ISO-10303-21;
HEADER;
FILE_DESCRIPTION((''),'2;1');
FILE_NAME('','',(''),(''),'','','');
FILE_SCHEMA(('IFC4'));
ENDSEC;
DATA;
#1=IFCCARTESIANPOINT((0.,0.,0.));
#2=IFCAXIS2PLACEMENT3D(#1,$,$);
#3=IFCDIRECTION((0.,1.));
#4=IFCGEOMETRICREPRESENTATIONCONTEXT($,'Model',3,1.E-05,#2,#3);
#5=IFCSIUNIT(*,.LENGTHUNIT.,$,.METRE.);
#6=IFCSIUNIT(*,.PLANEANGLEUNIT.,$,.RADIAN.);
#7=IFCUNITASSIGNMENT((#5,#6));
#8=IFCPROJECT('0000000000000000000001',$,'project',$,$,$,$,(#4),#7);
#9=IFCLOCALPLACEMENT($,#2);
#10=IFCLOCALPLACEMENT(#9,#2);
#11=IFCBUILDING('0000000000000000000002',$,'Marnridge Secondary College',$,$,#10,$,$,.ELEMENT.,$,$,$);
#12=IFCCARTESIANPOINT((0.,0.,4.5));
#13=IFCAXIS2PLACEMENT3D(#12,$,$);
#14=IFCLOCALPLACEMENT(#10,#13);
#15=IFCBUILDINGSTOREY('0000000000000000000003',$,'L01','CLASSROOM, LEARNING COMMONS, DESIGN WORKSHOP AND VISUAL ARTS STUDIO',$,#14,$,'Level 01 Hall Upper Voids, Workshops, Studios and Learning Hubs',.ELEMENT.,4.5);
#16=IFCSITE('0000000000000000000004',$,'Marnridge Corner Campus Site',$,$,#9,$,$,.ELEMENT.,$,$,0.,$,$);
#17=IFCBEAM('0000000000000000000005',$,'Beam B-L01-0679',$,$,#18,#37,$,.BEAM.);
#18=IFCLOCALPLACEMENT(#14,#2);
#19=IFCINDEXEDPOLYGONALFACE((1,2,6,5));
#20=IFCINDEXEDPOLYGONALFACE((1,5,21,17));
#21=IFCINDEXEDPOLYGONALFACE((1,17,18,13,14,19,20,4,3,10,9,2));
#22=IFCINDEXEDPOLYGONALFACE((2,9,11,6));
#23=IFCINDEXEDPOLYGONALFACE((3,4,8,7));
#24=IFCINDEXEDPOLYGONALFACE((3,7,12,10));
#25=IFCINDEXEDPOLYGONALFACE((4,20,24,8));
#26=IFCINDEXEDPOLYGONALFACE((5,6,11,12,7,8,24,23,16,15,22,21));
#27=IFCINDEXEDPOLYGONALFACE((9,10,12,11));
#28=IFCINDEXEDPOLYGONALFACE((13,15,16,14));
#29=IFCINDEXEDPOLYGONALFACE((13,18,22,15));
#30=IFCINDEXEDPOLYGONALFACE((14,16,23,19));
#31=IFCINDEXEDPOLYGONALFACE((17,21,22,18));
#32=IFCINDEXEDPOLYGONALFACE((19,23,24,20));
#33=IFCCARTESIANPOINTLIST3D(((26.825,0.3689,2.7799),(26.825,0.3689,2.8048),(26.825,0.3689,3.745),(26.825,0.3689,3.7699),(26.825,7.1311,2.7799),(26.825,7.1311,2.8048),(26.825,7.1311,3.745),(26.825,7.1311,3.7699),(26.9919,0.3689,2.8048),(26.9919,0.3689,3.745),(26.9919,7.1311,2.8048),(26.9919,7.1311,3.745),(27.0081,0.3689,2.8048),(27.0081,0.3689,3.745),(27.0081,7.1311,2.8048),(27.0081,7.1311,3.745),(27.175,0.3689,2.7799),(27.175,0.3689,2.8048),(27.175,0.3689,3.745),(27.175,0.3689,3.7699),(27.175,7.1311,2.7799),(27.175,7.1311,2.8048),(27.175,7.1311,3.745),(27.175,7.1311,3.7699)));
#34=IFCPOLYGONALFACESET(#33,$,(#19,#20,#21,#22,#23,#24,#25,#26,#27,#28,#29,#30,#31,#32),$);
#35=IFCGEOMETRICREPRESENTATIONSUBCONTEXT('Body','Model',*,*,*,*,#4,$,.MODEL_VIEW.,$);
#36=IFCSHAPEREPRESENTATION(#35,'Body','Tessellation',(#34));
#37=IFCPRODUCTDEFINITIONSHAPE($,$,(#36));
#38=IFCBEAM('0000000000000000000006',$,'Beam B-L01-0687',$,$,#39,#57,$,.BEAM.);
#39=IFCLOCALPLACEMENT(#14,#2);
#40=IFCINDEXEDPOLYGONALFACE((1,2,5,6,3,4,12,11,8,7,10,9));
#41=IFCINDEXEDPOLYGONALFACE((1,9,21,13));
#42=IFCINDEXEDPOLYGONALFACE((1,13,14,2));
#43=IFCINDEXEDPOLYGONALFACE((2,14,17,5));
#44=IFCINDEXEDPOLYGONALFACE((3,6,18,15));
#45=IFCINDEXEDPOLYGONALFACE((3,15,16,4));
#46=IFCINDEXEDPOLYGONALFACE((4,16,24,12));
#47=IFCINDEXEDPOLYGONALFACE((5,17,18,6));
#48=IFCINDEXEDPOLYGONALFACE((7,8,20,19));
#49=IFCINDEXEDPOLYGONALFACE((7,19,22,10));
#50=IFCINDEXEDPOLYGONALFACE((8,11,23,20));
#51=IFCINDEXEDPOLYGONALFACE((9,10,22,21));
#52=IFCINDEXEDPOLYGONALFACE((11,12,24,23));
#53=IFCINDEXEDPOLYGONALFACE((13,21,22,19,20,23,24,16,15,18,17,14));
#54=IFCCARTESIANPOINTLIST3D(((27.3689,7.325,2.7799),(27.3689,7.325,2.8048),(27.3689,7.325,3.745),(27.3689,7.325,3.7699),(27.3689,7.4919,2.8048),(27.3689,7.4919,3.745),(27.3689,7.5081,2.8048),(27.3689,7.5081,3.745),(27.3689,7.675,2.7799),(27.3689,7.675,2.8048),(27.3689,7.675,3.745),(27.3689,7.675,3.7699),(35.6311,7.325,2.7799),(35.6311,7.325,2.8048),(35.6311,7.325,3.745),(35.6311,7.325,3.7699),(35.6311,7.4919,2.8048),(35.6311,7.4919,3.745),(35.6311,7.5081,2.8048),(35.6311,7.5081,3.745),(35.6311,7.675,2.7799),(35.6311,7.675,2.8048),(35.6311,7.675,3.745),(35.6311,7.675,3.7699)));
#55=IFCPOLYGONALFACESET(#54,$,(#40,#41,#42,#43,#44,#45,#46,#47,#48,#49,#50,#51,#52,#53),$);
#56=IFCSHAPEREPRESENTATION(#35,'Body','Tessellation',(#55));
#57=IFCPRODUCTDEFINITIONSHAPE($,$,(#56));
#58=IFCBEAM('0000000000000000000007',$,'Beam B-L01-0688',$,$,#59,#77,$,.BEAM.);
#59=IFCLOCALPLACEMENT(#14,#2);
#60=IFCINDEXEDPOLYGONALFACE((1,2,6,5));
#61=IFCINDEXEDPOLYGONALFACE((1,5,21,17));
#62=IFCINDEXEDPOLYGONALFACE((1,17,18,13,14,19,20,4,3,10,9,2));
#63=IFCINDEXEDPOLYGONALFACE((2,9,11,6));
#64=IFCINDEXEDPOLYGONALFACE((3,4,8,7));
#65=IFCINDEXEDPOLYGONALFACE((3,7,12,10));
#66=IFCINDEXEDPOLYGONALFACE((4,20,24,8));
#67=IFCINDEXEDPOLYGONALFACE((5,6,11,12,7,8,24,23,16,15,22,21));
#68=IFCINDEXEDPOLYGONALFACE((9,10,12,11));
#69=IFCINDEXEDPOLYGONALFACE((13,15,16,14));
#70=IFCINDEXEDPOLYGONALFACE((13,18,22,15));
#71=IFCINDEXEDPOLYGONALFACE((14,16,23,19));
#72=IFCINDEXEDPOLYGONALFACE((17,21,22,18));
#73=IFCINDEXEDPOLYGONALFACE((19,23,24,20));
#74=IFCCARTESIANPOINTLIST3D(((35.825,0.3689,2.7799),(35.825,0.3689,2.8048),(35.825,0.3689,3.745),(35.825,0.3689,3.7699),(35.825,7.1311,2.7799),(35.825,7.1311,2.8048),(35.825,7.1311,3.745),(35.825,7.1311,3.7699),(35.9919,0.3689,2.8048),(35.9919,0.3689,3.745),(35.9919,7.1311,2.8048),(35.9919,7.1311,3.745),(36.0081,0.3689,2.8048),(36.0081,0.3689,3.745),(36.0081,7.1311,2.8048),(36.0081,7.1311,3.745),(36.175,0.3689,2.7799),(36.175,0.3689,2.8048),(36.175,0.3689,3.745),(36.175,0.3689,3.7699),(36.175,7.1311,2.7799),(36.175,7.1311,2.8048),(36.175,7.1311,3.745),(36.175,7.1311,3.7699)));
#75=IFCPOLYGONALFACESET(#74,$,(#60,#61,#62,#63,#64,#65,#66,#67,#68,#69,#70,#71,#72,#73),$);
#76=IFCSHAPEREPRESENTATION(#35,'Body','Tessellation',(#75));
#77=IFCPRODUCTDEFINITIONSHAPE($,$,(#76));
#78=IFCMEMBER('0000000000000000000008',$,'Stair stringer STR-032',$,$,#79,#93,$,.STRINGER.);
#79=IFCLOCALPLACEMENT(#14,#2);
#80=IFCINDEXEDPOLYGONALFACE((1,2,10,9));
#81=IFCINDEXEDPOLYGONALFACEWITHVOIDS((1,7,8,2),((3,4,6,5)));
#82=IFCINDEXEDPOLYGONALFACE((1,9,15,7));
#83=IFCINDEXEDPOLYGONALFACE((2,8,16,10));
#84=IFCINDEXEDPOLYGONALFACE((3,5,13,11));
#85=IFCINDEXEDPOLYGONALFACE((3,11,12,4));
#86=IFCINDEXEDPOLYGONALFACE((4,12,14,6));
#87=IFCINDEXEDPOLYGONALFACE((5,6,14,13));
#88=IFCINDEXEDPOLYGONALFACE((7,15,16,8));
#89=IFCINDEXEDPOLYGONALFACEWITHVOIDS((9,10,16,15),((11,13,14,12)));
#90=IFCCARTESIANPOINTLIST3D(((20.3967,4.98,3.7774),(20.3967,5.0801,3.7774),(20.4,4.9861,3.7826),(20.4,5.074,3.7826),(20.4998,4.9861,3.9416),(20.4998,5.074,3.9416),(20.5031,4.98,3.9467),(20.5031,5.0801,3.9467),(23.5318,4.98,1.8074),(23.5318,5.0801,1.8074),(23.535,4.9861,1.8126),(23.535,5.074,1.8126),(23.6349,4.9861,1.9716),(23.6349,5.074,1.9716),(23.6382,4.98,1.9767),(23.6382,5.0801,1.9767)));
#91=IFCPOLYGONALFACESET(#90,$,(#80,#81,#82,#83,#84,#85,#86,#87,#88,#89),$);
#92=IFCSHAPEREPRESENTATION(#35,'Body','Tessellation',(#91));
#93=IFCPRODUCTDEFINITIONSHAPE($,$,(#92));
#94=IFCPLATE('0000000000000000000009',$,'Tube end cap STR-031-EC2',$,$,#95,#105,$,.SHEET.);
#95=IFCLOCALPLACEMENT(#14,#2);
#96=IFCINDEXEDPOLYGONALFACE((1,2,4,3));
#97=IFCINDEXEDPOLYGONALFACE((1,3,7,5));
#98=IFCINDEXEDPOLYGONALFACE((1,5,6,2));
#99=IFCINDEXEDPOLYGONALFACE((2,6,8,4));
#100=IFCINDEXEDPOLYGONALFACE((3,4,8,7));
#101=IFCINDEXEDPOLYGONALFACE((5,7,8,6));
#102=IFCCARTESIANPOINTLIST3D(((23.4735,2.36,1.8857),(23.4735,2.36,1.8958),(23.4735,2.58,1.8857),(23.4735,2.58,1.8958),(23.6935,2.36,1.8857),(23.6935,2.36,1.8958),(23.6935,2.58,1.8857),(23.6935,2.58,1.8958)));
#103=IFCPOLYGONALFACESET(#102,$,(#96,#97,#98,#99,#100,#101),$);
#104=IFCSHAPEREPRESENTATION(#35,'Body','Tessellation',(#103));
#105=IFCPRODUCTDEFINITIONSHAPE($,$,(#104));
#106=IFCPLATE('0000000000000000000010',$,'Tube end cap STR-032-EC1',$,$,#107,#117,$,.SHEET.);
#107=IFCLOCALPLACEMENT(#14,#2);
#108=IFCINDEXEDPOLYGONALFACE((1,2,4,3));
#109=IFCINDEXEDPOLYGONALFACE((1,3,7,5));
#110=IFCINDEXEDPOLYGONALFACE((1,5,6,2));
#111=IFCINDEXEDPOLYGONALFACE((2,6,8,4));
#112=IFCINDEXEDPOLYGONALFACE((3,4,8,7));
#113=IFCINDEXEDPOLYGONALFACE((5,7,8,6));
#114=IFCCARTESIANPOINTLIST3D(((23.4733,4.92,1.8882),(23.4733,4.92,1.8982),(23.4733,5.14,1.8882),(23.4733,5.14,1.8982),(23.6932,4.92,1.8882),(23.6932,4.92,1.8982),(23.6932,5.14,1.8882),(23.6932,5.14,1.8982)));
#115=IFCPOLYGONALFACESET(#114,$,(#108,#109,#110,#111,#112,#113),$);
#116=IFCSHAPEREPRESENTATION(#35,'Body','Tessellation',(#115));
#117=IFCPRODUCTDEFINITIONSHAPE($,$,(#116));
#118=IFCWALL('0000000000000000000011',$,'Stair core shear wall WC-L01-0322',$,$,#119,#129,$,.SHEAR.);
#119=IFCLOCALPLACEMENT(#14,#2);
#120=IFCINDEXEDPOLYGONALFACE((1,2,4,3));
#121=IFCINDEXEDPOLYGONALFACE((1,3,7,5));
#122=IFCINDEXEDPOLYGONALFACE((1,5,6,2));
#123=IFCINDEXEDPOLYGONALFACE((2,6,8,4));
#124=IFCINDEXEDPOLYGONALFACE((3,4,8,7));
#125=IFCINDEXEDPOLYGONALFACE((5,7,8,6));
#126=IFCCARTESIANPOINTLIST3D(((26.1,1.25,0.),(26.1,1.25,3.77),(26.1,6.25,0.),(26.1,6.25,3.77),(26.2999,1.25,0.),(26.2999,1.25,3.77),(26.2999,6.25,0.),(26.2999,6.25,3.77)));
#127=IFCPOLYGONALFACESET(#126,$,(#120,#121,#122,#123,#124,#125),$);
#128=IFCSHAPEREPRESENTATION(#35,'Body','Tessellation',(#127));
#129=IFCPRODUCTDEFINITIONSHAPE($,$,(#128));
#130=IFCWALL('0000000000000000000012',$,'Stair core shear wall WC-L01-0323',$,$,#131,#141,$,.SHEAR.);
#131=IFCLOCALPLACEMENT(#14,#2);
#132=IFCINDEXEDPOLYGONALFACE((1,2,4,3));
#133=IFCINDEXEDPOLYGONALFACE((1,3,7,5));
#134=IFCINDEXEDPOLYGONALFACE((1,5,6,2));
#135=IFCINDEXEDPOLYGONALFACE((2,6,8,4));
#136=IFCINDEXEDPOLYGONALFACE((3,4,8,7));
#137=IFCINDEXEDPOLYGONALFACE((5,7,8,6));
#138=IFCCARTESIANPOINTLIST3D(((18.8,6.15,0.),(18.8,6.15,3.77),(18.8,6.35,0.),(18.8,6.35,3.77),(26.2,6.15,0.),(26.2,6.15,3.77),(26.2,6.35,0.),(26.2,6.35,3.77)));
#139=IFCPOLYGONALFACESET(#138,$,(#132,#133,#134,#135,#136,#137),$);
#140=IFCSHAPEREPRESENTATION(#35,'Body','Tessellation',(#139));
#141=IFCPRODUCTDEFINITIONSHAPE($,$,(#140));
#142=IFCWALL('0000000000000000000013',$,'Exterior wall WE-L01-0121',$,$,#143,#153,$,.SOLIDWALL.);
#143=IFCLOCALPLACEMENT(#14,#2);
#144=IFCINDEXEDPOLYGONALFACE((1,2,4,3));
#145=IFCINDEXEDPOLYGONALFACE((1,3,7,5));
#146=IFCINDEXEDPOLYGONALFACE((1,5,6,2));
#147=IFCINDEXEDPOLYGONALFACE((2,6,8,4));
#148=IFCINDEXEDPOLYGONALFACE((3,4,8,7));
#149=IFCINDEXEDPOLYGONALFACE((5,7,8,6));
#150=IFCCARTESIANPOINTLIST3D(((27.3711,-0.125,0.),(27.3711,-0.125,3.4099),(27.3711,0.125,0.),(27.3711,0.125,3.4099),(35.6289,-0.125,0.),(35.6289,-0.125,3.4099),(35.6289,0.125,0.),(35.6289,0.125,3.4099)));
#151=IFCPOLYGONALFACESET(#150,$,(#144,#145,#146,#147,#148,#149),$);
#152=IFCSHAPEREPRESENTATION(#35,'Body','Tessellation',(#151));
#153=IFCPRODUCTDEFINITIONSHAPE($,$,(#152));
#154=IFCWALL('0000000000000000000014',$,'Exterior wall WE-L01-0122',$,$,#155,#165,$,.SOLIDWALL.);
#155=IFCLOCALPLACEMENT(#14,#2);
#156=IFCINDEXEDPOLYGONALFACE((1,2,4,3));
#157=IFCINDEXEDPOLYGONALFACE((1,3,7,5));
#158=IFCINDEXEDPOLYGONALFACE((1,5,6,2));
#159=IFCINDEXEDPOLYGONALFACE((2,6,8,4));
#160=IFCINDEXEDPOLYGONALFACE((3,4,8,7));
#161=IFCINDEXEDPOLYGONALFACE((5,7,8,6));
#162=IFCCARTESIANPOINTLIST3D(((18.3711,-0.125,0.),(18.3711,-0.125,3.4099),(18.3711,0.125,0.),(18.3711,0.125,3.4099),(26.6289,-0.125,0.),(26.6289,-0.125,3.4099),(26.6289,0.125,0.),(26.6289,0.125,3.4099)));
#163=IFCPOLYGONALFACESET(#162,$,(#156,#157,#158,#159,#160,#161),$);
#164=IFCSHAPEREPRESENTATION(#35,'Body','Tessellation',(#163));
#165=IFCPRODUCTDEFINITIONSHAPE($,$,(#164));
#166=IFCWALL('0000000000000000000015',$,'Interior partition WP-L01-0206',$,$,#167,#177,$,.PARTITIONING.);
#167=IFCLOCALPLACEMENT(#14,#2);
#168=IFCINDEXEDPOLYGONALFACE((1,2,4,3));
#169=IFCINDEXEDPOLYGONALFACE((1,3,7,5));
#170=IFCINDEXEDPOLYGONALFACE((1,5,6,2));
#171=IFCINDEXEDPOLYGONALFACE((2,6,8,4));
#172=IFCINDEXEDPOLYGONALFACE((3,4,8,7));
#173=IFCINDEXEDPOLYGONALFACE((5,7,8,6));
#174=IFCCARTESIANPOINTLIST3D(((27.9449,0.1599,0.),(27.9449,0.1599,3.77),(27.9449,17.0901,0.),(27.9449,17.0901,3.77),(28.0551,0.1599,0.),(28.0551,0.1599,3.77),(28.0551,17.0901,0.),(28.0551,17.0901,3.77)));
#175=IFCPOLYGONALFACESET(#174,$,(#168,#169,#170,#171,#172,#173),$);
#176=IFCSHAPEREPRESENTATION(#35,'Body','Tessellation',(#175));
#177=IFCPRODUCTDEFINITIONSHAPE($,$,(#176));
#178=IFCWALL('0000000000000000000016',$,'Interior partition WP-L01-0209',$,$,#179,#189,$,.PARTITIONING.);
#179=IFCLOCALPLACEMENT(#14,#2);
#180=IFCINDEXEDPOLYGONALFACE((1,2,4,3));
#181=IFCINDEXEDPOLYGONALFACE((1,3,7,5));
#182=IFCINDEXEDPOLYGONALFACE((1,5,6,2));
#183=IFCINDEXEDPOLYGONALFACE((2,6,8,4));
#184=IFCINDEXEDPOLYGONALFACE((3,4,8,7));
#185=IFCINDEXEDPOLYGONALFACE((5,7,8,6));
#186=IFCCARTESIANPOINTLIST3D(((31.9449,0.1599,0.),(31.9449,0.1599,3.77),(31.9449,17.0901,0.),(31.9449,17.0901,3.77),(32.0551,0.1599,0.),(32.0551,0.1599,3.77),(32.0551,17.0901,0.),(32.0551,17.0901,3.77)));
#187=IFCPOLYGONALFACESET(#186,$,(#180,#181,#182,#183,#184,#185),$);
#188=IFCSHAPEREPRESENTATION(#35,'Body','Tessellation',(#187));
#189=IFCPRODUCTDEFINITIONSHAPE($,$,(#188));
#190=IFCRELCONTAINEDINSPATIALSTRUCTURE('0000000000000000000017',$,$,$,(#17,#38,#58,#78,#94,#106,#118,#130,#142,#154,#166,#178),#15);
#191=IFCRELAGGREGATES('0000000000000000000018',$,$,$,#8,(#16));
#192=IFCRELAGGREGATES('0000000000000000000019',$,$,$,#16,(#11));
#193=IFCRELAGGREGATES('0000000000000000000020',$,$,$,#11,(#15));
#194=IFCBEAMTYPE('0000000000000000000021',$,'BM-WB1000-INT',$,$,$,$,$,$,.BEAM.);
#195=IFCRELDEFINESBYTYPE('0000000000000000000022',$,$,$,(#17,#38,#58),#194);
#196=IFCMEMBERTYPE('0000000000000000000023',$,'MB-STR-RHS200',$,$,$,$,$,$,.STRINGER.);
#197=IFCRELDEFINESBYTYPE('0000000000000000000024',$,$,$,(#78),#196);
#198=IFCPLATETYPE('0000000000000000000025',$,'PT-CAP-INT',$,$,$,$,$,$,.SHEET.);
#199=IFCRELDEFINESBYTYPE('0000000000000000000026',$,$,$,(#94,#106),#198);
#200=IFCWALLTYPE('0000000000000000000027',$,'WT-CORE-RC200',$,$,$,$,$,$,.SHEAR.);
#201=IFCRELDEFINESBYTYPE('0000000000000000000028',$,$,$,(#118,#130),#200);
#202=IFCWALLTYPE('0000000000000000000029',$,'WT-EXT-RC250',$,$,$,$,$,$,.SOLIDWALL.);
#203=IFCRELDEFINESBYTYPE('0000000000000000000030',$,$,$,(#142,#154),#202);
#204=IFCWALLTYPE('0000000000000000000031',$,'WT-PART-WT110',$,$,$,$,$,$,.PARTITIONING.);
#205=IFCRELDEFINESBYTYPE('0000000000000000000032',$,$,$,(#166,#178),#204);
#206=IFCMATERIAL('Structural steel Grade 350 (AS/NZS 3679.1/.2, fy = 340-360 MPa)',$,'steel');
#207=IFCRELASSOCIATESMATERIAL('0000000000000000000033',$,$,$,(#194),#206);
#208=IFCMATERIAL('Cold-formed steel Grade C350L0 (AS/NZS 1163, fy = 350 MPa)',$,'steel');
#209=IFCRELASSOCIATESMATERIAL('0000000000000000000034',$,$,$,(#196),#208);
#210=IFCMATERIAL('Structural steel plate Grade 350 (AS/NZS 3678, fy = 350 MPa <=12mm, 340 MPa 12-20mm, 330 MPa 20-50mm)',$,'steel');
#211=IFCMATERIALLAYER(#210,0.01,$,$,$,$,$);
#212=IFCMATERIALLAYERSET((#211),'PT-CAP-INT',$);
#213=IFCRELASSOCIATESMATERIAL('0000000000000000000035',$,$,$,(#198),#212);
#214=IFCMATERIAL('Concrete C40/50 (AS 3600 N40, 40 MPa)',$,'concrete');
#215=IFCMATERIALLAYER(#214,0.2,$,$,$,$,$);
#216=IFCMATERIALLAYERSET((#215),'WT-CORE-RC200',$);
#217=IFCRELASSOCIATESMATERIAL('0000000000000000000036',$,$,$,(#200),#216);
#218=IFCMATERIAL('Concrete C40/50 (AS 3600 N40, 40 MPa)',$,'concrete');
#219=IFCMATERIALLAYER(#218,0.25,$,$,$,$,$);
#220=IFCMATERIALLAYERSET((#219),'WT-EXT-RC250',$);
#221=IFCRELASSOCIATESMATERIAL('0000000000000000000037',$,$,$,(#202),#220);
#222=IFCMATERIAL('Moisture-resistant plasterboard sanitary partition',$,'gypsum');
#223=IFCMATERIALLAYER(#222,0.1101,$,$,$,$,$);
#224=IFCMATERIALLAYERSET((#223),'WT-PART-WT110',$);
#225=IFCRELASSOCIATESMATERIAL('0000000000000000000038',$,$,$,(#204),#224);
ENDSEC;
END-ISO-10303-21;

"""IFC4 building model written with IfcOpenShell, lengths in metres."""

from ifc_helpers import new_model, si_unit, direction, frame, frame_2d, origin, origin_2d, place, context, subcontext, project, spatial, rectangle, hollow_rectangle, i_section, extrude, material, layer, layer_set, material_profile, profile_set, type_object, element, save


model = new_model("IFC4")

# Units and contexts
model_context = context("Model", 3, precision=1e-05, world=origin(), true_north=direction((0.0, 1.0)))
body_context = subcontext(model_context, "Body", "Model", "MODEL_VIEW")
ifc_project = project(units=[si_unit("LENGTHUNIT", "METRE"), si_unit("PLANEANGLEUNIT", "RADIAN")], contexts=[model_context])

# Site, building, storey
site_placement = place(None, origin())
site = spatial("IfcSite", under=ifc_project, at=site_placement, Name="Marnridge Corner Campus Site", CompositionType="ELEMENT", RefElevation=0.0)
building_placement = place(site_placement, origin())
building = spatial("IfcBuilding", under=site, at=building_placement, Name="Marnridge Secondary College", CompositionType="ELEMENT")
storey_placement = place(building_placement, frame((0.0, 0.0, 4.5)))
storey = spatial("IfcBuildingStorey", under=building, at=storey_placement, Name="L01", Description="CLASSROOM, LEARNING COMMONS, DESIGN WORKSHOP AND VISUAL ARTS STUDIO", LongName="Level 01 Hall Upper Voids, Workshops, Studios and Learning Hubs", CompositionType="ELEMENT", Elevation=4.5)

# Beams
ifc_material_1 = material(Name="Structural steel Grade 350 (AS/NZS 3679.1/.2, fy = 340-360 MPa)", Category="steel")
ifc_material_profile_1 = material_profile(ifc_material_1, i_section(OverallWidth=0.3501, OverallDepth=0.99, WebThickness=0.0161, FlangeThickness=0.0249, at=origin_2d()), Name="1000WB258")
ifc_profile_set_1 = profile_set([ifc_material_profile_1], Name="Structural steel Grade 350 (AS/NZS 3679.1/.2, fy = 340-360 MPa)")
beam_type_1 = type_object("IfcBeamType", Name="BM-WB1000-INT", PredefinedType="BEAM", material=ifc_profile_set_1)
beam_1_placement = place(storey_placement, frame((27.0, 0.3689, 3.2749), z_axis=(0.0, 1.0, 0.0), x_axis=(-1.0, 0.0, 0.0)))
element("IfcBeam", 1, at=beam_1_placement, inside=storey, type_object=beam_type_1, Name="Beam B-L01-0679", PredefinedType="BEAM", context=body_context, shape_type="SweptSolid", body=[
    extrude(i_section(OverallWidth=0.3501, OverallDepth=0.99, WebThickness=0.0161, FlangeThickness=0.0249, at=origin_2d()), origin(), (0.0, 0.0, 1.0), 6.7622),
])
beam_2_placement = place(storey_placement, frame((27.3689, 7.5, 3.2749), z_axis=(1.0, 0.0, 0.0), x_axis=(0.0, 1.0, 0.0)))
element("IfcBeam", 2, at=beam_2_placement, inside=storey, type_object=beam_type_1, Name="Beam B-L01-0687", PredefinedType="BEAM", context=body_context, shape_type="SweptSolid", body=[
    extrude(i_section(OverallWidth=0.3501, OverallDepth=0.99, WebThickness=0.0161, FlangeThickness=0.0249, at=origin_2d()), origin(), (0.0, 0.0, 1.0), 8.2622),
])
beam_3_placement = place(storey_placement, frame((36.0, 0.3689, 3.2749), z_axis=(0.0, 1.0, 0.0), x_axis=(-1.0, 0.0, 0.0)))
element("IfcBeam", 3, at=beam_3_placement, inside=storey, type_object=beam_type_1, Name="Beam B-L01-0688", PredefinedType="BEAM", context=body_context, shape_type="SweptSolid", body=[
    extrude(i_section(OverallWidth=0.3501, OverallDepth=0.99, WebThickness=0.0161, FlangeThickness=0.0249, at=origin_2d()), origin(), (0.0, 0.0, 1.0), 6.7622),
])

# Member
ifc_material_2 = material(Name="Cold-formed steel Grade C350L0 (AS/NZS 1163, fy = 350 MPa)", Category="steel")
ifc_material_profile_2 = material_profile(ifc_material_2, hollow_rectangle(XDim=0.1001, YDim=0.2, WallThickness=0.0061, at=origin_2d()), Name="200x100x6.0RHS")
ifc_profile_set_2 = profile_set([ifc_material_profile_2], Name="Cold-formed steel Grade C350L0 (AS/NZS 1163, fy = 350 MPa)")
member_type = type_object("IfcMemberType", Name="MB-STR-RHS200", PredefinedType="STRINGER", material=ifc_profile_set_2)
member_placement = place(storey_placement, frame((23.585, 5.03, 1.8921), z_axis=(-0.84671, 0.0, 0.532054), x_axis=(0.0, -1.0, 0.0)))
element("IfcMember", 4, at=member_placement, inside=storey, type_object=member_type, Name="Stair stringer STR-032", PredefinedType="STRINGER", context=body_context, shape_type="SweptSolid", body=[
    extrude(hollow_rectangle(XDim=0.1001, YDim=0.2, WallThickness=0.0061, at=origin_2d()), origin(), (0.0, 0.0, 1.0), 3.7026),
])

# Plates
ifc_material_3 = material(Name="Structural steel plate Grade 350 (AS/NZS 3678, fy = 350 MPa <=12mm, 340 MPa 12-20mm, 330 MPa 20-50mm)", Category="steel")
ifc_layer_1 = layer(ifc_material_3, 0.01)
ifc_layer_set_1 = layer_set([ifc_layer_1], Name="PT-CAP-INT")
plate_type = type_object("IfcPlateType", Name="PT-CAP-INT", PredefinedType="SHEET", material=ifc_layer_set_1)
for number, where, z_axis, x_axis, name in (
    (5, (23.5835, 2.47, 1.8857), (0.0, 0.0, 1.0), (1.0, 0.0, 0.0), "Tube end cap STR-031-EC2"),
    (6, (23.5833, 5.03, 1.8882), (0.0, 0.0, 1.0), (-1.0, 0.0, 0.0), "Tube end cap STR-032-EC1"),
):
    element("IfcPlate", number, at=place(storey_placement, frame(where, z_axis=z_axis, x_axis=x_axis)), inside=storey, type_object=plate_type, Name=name, PredefinedType="SHEET", context=body_context, shape_type="SweptSolid", body=[
        extrude(rectangle(XDim=0.22, YDim=0.22, at=origin_2d()), origin(), (0.0, 0.0, 1.0), 0.01),
    ])

# Walls
ifc_material_4 = material(Name="Concrete C40/50 (AS 3600 N40, 40 MPa)", Category="concrete")
ifc_layer_2 = layer(ifc_material_4, 0.2)
ifc_layer_set_2 = layer_set([ifc_layer_2], Name="WT-CORE-RC200")
wall_type_1 = type_object("IfcWallType", Name="WT-CORE-RC200", PredefinedType="SHEAR", material=ifc_layer_set_2)
wall_1_placement = place(storey_placement, frame((26.2, 1.25, 0.0), z_axis=(0.0, 0.0, 1.0), x_axis=(0.0, 1.0, 0.0)))
element("IfcWall", 7, at=wall_1_placement, inside=storey, type_object=wall_type_1, Name="Stair core shear wall WC-L01-0322", PredefinedType="SHEAR", context=body_context, shape_type="SweptSolid", body=[
    extrude(rectangle(XDim=5.0, YDim=0.2, at=frame_2d((2.5, 0.0))), origin(), (0.0, 0.0, 1.0), 3.77),
])
wall_2_placement = place(storey_placement, frame((26.2, 6.25, 0.0), z_axis=(0.0, 0.0, 1.0), x_axis=(-1.0, 0.0, 0.0)))
element("IfcWall", 8, at=wall_2_placement, inside=storey, type_object=wall_type_1, Name="Stair core shear wall WC-L01-0323", PredefinedType="SHEAR", context=body_context, shape_type="SweptSolid", body=[
    extrude(rectangle(XDim=7.3999, YDim=0.2, at=frame_2d((3.7, 0.0))), origin(), (0.0, 0.0, 1.0), 3.77),
])
ifc_material_5 = material(Name="Concrete C40/50 (AS 3600 N40, 40 MPa)", Category="concrete")
ifc_layer_3 = layer(ifc_material_5, 0.25)
ifc_layer_set_3 = layer_set([ifc_layer_3], Name="WT-EXT-RC250")
wall_type_2 = type_object("IfcWallType", Name="WT-EXT-RC250", PredefinedType="SOLIDWALL", material=ifc_layer_set_3)
for number, where, z_axis, x_axis, name in (
    (9, (35.6289, 0.0, 0.0), (0.0, 0.0, 1.0), (-1.0, 0.0, 0.0), "Exterior wall WE-L01-0121"),
    (10, (26.6289, 0.0, 0.0), (0.0, 0.0, 1.0), (-1.0, 0.0, 0.0), "Exterior wall WE-L01-0122"),
):
    element("IfcWall", number, at=place(storey_placement, frame(where, z_axis=z_axis, x_axis=x_axis)), inside=storey, type_object=wall_type_2, Name=name, PredefinedType="SOLIDWALL", context=body_context, shape_type="SweptSolid", body=[
        extrude(rectangle(XDim=8.2578, YDim=0.25, at=frame_2d((4.1289, 0.0))), origin(), (0.0, 0.0, 1.0), 3.4099),
    ])
ifc_material_6 = material(Name="Moisture-resistant plasterboard sanitary partition", Category="gypsum")
ifc_layer_4 = layer(ifc_material_6, 0.1101)
ifc_layer_set_4 = layer_set([ifc_layer_4], Name="WT-PART-WT110")
wall_type_3 = type_object("IfcWallType", Name="WT-PART-WT110", PredefinedType="PARTITIONING", material=ifc_layer_set_4)
for number, where, z_axis, x_axis, name in (
    (11, (28.0, 0.1599, 0.0), (0.0, 0.0, 1.0), (0.0, 1.0, 0.0), "Interior partition WP-L01-0206"),
    (12, (32.0, 0.1599, 0.0), (0.0, 0.0, 1.0), (0.0, 1.0, 0.0), "Interior partition WP-L01-0209"),
):
    element("IfcWall", number, at=place(storey_placement, frame(where, z_axis=z_axis, x_axis=x_axis)), inside=storey, type_object=wall_type_3, Name=name, PredefinedType="PARTITIONING", context=body_context, shape_type="SweptSolid", body=[
        extrude(rectangle(XDim=16.9302, YDim=0.1101, at=frame_2d((8.4651, 0.0))), origin(), (0.0, 0.0, 1.0), 3.77),
    ])

save(model, "model.ifc")
